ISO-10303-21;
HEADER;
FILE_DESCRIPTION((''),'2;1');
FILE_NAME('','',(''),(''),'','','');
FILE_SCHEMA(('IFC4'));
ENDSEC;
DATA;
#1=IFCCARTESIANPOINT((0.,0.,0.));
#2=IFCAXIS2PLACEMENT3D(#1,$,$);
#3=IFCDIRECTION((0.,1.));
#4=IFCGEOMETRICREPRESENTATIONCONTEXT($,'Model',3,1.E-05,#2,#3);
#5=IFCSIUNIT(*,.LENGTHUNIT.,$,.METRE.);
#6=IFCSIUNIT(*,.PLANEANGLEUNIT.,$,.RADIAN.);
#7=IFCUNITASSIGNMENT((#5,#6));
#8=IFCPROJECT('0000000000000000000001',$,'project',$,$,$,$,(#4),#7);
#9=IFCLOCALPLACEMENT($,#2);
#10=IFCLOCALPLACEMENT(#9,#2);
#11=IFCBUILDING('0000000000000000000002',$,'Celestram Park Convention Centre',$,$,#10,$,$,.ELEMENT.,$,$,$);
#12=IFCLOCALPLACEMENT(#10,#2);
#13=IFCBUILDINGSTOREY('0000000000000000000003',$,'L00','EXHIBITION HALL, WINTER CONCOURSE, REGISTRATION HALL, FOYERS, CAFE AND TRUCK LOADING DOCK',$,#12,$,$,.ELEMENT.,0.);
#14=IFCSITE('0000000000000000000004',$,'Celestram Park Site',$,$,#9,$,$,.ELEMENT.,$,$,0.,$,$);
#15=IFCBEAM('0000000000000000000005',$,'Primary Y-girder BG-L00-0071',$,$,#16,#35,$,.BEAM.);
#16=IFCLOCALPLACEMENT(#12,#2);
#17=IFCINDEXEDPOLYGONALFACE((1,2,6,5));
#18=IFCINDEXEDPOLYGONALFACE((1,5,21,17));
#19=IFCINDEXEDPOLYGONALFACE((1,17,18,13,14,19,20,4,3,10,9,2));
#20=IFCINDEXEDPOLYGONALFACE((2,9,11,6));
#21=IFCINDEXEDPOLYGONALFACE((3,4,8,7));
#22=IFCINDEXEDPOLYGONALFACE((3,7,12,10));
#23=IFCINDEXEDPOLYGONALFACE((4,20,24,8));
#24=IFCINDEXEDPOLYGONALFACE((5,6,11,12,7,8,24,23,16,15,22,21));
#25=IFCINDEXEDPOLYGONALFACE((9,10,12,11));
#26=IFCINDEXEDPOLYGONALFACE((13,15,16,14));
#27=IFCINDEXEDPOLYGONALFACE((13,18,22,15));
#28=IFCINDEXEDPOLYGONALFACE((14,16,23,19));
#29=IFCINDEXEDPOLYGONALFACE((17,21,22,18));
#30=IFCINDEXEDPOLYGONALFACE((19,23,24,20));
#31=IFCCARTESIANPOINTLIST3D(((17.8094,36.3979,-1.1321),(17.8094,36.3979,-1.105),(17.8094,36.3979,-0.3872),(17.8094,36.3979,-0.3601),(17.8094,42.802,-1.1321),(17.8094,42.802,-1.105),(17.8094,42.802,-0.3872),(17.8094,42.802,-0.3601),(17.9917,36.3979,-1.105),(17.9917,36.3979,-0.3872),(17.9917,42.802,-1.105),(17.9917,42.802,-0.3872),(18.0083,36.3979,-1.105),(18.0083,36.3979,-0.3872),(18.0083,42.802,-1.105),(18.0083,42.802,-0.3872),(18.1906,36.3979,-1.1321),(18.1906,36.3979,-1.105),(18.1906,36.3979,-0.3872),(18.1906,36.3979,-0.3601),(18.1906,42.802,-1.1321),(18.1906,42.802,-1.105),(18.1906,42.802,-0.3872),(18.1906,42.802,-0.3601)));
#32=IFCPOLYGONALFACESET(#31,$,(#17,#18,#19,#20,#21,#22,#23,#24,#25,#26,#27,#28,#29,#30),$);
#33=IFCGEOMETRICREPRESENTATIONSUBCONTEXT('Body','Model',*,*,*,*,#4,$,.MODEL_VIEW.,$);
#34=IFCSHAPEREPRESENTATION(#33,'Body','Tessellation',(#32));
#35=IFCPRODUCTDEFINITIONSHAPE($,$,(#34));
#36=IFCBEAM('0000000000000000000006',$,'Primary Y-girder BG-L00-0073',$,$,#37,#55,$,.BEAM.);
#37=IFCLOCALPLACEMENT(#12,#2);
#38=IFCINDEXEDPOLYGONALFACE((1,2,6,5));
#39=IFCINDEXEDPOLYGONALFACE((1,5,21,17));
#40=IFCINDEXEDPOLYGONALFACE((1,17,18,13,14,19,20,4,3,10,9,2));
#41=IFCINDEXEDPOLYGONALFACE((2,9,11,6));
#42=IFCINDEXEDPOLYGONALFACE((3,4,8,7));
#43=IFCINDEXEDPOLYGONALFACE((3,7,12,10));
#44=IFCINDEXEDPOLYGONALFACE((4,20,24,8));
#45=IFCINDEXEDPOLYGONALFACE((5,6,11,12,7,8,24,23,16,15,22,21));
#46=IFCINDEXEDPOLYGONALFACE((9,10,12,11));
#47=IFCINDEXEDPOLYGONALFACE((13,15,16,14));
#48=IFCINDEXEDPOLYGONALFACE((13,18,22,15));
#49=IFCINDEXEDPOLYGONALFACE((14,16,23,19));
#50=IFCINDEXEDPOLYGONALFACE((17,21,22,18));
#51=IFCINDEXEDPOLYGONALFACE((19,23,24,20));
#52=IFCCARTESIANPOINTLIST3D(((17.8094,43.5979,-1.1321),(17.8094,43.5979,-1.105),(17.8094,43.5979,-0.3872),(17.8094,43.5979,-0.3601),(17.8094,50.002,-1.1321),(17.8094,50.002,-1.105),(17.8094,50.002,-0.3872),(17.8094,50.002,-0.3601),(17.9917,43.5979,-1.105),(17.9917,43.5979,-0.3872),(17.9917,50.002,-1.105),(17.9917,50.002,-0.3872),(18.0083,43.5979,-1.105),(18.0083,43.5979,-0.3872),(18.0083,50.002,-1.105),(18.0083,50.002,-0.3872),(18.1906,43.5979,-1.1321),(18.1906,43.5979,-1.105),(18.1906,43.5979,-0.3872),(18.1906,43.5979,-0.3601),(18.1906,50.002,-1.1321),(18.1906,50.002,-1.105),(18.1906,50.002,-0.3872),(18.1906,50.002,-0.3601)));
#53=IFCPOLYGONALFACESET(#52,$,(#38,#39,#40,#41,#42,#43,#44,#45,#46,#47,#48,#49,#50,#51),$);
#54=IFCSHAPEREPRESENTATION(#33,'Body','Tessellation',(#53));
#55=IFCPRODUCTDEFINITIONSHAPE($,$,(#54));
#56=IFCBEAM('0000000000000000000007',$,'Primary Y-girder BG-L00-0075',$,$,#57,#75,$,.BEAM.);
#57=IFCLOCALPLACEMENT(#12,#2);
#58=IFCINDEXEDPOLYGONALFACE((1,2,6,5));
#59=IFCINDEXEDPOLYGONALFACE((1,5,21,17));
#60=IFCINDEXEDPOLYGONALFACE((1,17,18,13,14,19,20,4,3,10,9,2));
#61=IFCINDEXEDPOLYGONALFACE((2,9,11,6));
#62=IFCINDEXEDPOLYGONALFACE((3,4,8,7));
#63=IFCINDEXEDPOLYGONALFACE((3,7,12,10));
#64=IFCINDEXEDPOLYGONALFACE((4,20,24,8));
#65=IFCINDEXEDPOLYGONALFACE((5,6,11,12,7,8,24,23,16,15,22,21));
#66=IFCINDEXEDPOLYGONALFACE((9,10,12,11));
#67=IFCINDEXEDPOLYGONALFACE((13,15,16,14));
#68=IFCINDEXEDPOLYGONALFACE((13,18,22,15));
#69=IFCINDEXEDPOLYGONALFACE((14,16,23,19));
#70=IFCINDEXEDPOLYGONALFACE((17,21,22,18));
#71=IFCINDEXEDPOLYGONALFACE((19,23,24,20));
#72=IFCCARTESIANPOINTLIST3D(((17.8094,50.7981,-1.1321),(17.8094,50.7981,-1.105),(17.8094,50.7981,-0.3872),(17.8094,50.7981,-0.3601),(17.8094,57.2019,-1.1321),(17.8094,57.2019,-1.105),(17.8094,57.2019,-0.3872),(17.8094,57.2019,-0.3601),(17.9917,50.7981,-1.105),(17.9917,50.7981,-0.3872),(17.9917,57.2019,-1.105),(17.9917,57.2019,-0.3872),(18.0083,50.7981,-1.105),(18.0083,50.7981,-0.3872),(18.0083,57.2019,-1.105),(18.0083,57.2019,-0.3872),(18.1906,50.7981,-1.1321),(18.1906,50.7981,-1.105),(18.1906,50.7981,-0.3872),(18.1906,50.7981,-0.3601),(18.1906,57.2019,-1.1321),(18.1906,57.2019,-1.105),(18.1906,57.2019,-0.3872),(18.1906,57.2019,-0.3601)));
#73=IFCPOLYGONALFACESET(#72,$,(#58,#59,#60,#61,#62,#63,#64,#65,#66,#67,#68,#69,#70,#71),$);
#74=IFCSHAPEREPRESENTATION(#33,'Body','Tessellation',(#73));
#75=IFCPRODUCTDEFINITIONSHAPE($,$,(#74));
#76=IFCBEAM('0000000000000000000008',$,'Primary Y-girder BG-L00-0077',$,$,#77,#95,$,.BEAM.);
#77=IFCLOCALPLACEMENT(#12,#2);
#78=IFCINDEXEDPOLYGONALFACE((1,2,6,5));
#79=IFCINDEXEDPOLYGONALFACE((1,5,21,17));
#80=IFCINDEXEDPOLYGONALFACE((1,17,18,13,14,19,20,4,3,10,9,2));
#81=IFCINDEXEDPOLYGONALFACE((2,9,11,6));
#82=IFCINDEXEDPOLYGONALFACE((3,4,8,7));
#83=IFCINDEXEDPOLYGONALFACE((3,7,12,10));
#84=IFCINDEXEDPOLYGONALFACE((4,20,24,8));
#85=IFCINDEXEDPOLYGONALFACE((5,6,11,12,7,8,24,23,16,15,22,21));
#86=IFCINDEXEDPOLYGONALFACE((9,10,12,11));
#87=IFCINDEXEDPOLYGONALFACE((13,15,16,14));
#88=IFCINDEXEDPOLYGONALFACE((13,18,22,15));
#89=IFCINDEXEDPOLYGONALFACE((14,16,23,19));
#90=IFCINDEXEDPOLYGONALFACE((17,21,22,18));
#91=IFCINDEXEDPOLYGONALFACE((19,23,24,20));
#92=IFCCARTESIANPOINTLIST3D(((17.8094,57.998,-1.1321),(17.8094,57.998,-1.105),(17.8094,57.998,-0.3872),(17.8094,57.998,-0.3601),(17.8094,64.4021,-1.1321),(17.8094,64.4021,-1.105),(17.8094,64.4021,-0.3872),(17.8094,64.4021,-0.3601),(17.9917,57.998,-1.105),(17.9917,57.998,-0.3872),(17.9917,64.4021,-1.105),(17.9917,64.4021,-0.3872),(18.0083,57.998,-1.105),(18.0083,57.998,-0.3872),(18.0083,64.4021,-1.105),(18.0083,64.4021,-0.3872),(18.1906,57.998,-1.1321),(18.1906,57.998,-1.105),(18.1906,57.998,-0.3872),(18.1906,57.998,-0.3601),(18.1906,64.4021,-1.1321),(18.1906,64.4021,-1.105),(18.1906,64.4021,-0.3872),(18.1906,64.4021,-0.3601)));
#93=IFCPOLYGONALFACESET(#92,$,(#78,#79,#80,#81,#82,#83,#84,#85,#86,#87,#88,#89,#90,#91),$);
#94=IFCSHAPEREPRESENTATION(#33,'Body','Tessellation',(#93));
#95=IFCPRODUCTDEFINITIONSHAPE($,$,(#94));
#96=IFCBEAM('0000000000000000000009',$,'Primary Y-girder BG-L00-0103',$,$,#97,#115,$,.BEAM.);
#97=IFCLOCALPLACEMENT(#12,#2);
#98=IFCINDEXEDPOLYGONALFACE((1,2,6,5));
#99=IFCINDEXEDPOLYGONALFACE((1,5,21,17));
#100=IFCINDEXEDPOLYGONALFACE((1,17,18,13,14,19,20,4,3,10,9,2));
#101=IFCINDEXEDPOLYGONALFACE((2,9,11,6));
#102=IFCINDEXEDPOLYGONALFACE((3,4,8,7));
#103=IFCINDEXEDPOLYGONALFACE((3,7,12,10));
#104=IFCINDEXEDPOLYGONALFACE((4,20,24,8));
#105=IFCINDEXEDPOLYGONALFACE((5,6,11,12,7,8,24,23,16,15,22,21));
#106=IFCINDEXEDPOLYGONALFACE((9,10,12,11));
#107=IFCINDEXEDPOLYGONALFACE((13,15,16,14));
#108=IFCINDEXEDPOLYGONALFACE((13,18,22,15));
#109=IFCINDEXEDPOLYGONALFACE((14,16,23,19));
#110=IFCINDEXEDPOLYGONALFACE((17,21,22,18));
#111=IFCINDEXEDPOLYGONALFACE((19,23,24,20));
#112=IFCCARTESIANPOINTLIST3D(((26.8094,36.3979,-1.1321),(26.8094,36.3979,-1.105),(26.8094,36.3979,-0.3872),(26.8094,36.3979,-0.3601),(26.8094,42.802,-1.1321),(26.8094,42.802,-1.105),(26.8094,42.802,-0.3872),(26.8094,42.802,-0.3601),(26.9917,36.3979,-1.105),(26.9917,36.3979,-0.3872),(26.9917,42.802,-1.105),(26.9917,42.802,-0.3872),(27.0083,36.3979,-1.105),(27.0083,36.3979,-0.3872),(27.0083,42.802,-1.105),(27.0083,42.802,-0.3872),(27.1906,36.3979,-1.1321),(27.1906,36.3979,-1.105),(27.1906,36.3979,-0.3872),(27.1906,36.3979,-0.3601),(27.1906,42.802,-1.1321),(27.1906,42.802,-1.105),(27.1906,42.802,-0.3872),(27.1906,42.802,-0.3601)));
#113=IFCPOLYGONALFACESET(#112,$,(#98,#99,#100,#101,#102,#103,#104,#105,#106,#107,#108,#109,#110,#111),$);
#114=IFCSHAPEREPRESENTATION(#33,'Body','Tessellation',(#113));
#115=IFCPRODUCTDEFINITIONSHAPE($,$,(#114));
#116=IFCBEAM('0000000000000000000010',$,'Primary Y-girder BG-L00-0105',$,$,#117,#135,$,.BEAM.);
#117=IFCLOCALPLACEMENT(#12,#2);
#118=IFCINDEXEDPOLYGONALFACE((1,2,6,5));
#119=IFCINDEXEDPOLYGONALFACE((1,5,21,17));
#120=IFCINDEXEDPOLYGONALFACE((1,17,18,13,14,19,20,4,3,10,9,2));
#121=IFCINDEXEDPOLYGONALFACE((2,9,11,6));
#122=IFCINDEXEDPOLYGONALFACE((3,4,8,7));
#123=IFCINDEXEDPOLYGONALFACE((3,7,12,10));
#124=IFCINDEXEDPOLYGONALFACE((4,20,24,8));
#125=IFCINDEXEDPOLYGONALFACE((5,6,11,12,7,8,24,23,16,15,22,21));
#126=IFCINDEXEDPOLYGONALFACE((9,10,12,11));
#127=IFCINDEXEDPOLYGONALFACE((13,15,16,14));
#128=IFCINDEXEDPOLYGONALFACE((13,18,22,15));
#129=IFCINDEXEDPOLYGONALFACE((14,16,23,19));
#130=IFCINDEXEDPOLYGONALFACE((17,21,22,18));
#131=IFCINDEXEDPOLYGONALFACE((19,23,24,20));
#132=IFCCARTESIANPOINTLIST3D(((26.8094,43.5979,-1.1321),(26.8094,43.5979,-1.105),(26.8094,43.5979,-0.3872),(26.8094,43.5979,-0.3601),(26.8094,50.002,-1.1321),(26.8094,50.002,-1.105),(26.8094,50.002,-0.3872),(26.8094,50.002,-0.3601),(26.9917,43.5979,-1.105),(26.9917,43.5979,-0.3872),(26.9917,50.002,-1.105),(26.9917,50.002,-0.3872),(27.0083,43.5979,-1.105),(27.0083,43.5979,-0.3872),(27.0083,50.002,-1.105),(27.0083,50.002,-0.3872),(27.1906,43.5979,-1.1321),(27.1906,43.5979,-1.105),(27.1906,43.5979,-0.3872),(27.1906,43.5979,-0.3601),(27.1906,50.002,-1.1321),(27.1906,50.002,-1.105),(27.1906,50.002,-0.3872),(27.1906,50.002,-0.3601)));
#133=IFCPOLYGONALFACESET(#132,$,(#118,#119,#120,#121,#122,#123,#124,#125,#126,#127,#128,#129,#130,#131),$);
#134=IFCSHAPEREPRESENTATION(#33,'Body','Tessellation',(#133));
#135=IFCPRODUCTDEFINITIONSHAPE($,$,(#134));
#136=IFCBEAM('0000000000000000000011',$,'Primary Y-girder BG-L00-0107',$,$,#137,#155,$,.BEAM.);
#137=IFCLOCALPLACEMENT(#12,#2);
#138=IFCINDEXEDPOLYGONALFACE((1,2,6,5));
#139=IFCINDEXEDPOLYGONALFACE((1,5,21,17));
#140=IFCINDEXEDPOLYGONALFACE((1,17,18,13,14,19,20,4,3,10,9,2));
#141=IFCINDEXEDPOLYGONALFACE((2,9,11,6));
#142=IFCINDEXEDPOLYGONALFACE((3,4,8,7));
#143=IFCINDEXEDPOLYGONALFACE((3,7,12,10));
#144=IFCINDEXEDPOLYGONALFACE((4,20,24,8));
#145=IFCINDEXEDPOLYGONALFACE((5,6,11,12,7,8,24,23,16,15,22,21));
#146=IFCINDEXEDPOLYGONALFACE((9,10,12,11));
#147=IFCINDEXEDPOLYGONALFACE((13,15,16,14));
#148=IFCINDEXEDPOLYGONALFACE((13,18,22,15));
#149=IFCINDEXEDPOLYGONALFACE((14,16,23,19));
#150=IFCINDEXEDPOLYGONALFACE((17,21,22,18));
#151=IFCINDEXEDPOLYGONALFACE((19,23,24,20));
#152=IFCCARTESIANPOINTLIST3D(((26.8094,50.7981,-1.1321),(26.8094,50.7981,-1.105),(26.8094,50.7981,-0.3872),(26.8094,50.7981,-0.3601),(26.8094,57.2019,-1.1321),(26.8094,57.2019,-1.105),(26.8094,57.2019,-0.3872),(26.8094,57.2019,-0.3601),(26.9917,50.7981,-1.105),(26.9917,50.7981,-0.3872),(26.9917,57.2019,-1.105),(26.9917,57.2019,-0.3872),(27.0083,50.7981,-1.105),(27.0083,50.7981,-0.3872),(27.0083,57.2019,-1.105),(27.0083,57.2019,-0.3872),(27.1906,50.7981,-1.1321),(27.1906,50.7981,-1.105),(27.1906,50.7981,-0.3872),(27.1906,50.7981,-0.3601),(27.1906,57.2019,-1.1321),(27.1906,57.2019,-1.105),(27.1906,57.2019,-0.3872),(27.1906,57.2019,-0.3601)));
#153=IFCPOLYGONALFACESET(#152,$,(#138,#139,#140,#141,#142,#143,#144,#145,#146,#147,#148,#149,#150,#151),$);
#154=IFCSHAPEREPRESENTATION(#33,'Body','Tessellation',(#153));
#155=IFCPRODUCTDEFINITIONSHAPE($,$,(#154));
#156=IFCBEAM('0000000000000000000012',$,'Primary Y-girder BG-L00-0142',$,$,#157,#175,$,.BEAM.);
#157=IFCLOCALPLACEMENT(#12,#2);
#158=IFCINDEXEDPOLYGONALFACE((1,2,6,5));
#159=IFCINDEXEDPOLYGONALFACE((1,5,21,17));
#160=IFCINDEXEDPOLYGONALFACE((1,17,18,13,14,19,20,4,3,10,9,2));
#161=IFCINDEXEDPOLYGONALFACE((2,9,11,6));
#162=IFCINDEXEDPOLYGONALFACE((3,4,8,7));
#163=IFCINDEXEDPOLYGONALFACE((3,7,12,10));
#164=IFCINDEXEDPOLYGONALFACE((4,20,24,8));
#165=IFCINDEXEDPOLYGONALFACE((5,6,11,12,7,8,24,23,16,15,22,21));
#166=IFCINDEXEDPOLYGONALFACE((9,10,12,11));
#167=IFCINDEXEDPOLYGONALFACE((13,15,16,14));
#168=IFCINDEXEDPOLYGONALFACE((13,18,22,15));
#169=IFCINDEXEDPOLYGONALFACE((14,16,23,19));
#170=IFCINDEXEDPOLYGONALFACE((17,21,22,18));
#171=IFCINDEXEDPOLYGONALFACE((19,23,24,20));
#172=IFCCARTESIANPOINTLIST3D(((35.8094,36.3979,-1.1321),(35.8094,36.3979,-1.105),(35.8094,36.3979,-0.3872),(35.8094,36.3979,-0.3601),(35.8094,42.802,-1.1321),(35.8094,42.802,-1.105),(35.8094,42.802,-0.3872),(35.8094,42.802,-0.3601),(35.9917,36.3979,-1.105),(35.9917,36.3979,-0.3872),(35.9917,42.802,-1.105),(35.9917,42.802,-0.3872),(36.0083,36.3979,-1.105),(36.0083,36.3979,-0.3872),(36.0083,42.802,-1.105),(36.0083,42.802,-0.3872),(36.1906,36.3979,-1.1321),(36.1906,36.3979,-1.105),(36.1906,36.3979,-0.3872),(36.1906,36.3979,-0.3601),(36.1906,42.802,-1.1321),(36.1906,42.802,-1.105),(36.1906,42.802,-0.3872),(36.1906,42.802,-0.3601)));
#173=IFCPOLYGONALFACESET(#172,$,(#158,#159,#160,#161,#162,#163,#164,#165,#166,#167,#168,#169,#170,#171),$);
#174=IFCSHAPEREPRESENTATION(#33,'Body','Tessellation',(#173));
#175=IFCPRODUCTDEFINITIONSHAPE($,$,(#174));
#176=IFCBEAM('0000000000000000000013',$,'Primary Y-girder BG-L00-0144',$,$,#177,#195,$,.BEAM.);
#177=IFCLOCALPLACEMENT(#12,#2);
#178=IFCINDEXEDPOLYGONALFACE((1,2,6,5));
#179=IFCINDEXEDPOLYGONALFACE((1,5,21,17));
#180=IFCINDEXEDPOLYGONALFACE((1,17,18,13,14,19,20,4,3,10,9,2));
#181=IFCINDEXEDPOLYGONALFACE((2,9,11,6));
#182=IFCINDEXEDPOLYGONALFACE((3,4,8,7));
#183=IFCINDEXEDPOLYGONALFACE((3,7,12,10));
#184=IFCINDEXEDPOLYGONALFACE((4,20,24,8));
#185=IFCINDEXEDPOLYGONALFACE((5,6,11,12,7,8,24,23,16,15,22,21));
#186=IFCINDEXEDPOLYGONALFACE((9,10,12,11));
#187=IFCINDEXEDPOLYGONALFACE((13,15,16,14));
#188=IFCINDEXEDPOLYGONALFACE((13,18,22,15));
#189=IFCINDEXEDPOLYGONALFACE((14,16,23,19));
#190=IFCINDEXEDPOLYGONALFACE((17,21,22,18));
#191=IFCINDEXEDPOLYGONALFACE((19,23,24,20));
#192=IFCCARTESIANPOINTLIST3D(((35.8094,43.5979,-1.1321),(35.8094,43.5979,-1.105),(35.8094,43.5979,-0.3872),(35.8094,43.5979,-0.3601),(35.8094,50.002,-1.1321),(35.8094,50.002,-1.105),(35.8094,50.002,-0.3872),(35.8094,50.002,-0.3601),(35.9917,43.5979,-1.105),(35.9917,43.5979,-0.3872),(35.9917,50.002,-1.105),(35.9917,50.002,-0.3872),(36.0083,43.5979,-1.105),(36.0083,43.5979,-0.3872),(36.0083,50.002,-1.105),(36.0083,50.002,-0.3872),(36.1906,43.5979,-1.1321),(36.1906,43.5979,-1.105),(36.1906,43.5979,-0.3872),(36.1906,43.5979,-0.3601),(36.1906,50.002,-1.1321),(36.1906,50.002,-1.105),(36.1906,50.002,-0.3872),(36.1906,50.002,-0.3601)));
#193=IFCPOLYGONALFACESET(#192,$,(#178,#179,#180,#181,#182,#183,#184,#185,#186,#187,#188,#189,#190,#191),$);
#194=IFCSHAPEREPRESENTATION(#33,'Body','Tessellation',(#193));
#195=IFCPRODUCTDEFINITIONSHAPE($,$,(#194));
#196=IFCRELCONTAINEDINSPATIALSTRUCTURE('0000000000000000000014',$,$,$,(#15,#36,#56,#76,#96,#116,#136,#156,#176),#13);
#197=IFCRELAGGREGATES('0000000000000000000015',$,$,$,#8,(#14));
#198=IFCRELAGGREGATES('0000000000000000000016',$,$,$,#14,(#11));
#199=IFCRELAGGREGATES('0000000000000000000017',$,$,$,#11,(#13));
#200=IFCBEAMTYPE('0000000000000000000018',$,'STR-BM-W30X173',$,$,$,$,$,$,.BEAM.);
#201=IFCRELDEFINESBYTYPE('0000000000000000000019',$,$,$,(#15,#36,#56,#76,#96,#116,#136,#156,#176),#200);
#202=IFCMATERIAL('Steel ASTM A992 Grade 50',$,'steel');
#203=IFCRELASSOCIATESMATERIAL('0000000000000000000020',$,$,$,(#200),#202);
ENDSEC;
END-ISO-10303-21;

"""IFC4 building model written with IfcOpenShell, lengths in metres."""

from ifc_helpers import new_model, si_unit, direction, frame, origin, origin_2d, place, context, subcontext, project, spatial, i_section, extrude, material, material_profile, profile_set, type_object, element, save


model = new_model("IFC4")

# Units and contexts
model_context = context("Model", 3, precision=1e-05, world=origin(), true_north=direction((0.0, 1.0)))
body_context = subcontext(model_context, "Body", "Model", "MODEL_VIEW")
ifc_project = project(units=[si_unit("LENGTHUNIT", "METRE"), si_unit("PLANEANGLEUNIT", "RADIAN")], contexts=[model_context])

# Site, building, storey
site_placement = place(None, origin())
site = spatial("IfcSite", under=ifc_project, at=site_placement, Name="Celestram Park Site", CompositionType="ELEMENT", RefElevation=0.0)
building_placement = place(site_placement, origin())
building = spatial("IfcBuilding", under=site, at=building_placement, Name="Celestram Park Convention Centre", CompositionType="ELEMENT")
storey_placement = place(building_placement, origin())
storey = spatial("IfcBuildingStorey", under=building, at=storey_placement, Name="L00", Description="EXHIBITION HALL, WINTER CONCOURSE, REGISTRATION HALL, FOYERS, CAFE AND TRUCK LOADING DOCK", CompositionType="ELEMENT", Elevation=0.0)

# Beams
ifc_material = material(Name="Steel ASTM A992 Grade 50", Category="steel")
ifc_material_profile_1 = material_profile(ifc_material, i_section(OverallWidth=0.3811, OverallDepth=0.772, WebThickness=0.0166, FlangeThickness=0.0271, at=origin_2d()), Name="W30X173")
ifc_profile_set_1 = profile_set([ifc_material_profile_1], Name="Steel ASTM A992 Grade 50")
beam_type_1 = type_object("IfcBeamType", Name="STR-BM-W30X173", PredefinedType="BEAM", material=ifc_profile_set_1)
for number, where, z_axis, x_axis, name in (
    (1, (18.0, 36.3979, -0.7461), (0.0, 1.0, 0.0), (-1.0, 0.0, 0.0), "Primary Y-girder BG-L00-0071"),
    (2, (18.0, 43.5979, -0.7461), (0.0, 1.0, 0.0), (-1.0, 0.0, 0.0), "Primary Y-girder BG-L00-0073"),
):
    element("IfcBeam", number, at=place(storey_placement, frame(where, z_axis=z_axis, x_axis=x_axis)), inside=storey, type_object=beam_type_1, Name=name, PredefinedType="BEAM", context=body_context, shape_type="SweptSolid", body=[
        extrude(i_section(OverallWidth=0.3811, OverallDepth=0.772, WebThickness=0.0166, FlangeThickness=0.0271, at=origin_2d()), origin(), (0.0, 0.0, 1.0), 6.4041),
    ])
beam_1_placement = place(storey_placement, frame((18.0, 50.7981, -0.7461), z_axis=(0.0, 1.0, 0.0), x_axis=(-1.0, 0.0, 0.0)))
element("IfcBeam", 3, at=beam_1_placement, inside=storey, type_object=beam_type_1, Name="Primary Y-girder BG-L00-0075", PredefinedType="BEAM", context=body_context, shape_type="SweptSolid", body=[
    extrude(i_section(OverallWidth=0.3811, OverallDepth=0.772, WebThickness=0.0166, FlangeThickness=0.0271, at=origin_2d()), origin(), (0.0, 0.0, 1.0), 6.4038),
])
for number, where, z_axis, x_axis, name in (
    (4, (18.0, 57.998, -0.7461), (0.0, 1.0, 0.0), (-1.0, 0.0, 0.0), "Primary Y-girder BG-L00-0077"),
    (5, (27.0, 36.3979, -0.7461), (0.0, 1.0, 0.0), (-1.0, 0.0, 0.0), "Primary Y-girder BG-L00-0103"),
    (6, (27.0, 43.5979, -0.7461), (0.0, 1.0, 0.0), (-1.0, 0.0, 0.0), "Primary Y-girder BG-L00-0105"),
):
    element("IfcBeam", number, at=place(storey_placement, frame(where, z_axis=z_axis, x_axis=x_axis)), inside=storey, type_object=beam_type_1, Name=name, PredefinedType="BEAM", context=body_context, shape_type="SweptSolid", body=[
        extrude(i_section(OverallWidth=0.3811, OverallDepth=0.772, WebThickness=0.0166, FlangeThickness=0.0271, at=origin_2d()), origin(), (0.0, 0.0, 1.0), 6.4041),
    ])
beam_2_placement = place(storey_placement, frame((27.0, 50.7981, -0.7461), z_axis=(0.0, 1.0, 0.0), x_axis=(-1.0, 0.0, 0.0)))
element("IfcBeam", 7, at=beam_2_placement, inside=storey, type_object=beam_type_1, Name="Primary Y-girder BG-L00-0107", PredefinedType="BEAM", context=body_context, shape_type="SweptSolid", body=[
    extrude(i_section(OverallWidth=0.3811, OverallDepth=0.772, WebThickness=0.0166, FlangeThickness=0.0271, at=origin_2d()), origin(), (0.0, 0.0, 1.0), 6.4038),
])
for number, where, z_axis, x_axis, name in (
    (8, (36.0, 36.3979, -0.7461), (0.0, 1.0, 0.0), (-1.0, 0.0, 0.0), "Primary Y-girder BG-L00-0142"),
    (9, (36.0, 43.5979, -0.7461), (0.0, 1.0, 0.0), (-1.0, 0.0, 0.0), "Primary Y-girder BG-L00-0144"),
):
    element("IfcBeam", number, at=place(storey_placement, frame(where, z_axis=z_axis, x_axis=x_axis)), inside=storey, type_object=beam_type_1, Name=name, PredefinedType="BEAM", context=body_context, shape_type="SweptSolid", body=[
        extrude(i_section(OverallWidth=0.3811, OverallDepth=0.772, WebThickness=0.0166, FlangeThickness=0.0271, at=origin_2d()), origin(), (0.0, 0.0, 1.0), 6.4041),
    ])

save(model, "model.ifc")
